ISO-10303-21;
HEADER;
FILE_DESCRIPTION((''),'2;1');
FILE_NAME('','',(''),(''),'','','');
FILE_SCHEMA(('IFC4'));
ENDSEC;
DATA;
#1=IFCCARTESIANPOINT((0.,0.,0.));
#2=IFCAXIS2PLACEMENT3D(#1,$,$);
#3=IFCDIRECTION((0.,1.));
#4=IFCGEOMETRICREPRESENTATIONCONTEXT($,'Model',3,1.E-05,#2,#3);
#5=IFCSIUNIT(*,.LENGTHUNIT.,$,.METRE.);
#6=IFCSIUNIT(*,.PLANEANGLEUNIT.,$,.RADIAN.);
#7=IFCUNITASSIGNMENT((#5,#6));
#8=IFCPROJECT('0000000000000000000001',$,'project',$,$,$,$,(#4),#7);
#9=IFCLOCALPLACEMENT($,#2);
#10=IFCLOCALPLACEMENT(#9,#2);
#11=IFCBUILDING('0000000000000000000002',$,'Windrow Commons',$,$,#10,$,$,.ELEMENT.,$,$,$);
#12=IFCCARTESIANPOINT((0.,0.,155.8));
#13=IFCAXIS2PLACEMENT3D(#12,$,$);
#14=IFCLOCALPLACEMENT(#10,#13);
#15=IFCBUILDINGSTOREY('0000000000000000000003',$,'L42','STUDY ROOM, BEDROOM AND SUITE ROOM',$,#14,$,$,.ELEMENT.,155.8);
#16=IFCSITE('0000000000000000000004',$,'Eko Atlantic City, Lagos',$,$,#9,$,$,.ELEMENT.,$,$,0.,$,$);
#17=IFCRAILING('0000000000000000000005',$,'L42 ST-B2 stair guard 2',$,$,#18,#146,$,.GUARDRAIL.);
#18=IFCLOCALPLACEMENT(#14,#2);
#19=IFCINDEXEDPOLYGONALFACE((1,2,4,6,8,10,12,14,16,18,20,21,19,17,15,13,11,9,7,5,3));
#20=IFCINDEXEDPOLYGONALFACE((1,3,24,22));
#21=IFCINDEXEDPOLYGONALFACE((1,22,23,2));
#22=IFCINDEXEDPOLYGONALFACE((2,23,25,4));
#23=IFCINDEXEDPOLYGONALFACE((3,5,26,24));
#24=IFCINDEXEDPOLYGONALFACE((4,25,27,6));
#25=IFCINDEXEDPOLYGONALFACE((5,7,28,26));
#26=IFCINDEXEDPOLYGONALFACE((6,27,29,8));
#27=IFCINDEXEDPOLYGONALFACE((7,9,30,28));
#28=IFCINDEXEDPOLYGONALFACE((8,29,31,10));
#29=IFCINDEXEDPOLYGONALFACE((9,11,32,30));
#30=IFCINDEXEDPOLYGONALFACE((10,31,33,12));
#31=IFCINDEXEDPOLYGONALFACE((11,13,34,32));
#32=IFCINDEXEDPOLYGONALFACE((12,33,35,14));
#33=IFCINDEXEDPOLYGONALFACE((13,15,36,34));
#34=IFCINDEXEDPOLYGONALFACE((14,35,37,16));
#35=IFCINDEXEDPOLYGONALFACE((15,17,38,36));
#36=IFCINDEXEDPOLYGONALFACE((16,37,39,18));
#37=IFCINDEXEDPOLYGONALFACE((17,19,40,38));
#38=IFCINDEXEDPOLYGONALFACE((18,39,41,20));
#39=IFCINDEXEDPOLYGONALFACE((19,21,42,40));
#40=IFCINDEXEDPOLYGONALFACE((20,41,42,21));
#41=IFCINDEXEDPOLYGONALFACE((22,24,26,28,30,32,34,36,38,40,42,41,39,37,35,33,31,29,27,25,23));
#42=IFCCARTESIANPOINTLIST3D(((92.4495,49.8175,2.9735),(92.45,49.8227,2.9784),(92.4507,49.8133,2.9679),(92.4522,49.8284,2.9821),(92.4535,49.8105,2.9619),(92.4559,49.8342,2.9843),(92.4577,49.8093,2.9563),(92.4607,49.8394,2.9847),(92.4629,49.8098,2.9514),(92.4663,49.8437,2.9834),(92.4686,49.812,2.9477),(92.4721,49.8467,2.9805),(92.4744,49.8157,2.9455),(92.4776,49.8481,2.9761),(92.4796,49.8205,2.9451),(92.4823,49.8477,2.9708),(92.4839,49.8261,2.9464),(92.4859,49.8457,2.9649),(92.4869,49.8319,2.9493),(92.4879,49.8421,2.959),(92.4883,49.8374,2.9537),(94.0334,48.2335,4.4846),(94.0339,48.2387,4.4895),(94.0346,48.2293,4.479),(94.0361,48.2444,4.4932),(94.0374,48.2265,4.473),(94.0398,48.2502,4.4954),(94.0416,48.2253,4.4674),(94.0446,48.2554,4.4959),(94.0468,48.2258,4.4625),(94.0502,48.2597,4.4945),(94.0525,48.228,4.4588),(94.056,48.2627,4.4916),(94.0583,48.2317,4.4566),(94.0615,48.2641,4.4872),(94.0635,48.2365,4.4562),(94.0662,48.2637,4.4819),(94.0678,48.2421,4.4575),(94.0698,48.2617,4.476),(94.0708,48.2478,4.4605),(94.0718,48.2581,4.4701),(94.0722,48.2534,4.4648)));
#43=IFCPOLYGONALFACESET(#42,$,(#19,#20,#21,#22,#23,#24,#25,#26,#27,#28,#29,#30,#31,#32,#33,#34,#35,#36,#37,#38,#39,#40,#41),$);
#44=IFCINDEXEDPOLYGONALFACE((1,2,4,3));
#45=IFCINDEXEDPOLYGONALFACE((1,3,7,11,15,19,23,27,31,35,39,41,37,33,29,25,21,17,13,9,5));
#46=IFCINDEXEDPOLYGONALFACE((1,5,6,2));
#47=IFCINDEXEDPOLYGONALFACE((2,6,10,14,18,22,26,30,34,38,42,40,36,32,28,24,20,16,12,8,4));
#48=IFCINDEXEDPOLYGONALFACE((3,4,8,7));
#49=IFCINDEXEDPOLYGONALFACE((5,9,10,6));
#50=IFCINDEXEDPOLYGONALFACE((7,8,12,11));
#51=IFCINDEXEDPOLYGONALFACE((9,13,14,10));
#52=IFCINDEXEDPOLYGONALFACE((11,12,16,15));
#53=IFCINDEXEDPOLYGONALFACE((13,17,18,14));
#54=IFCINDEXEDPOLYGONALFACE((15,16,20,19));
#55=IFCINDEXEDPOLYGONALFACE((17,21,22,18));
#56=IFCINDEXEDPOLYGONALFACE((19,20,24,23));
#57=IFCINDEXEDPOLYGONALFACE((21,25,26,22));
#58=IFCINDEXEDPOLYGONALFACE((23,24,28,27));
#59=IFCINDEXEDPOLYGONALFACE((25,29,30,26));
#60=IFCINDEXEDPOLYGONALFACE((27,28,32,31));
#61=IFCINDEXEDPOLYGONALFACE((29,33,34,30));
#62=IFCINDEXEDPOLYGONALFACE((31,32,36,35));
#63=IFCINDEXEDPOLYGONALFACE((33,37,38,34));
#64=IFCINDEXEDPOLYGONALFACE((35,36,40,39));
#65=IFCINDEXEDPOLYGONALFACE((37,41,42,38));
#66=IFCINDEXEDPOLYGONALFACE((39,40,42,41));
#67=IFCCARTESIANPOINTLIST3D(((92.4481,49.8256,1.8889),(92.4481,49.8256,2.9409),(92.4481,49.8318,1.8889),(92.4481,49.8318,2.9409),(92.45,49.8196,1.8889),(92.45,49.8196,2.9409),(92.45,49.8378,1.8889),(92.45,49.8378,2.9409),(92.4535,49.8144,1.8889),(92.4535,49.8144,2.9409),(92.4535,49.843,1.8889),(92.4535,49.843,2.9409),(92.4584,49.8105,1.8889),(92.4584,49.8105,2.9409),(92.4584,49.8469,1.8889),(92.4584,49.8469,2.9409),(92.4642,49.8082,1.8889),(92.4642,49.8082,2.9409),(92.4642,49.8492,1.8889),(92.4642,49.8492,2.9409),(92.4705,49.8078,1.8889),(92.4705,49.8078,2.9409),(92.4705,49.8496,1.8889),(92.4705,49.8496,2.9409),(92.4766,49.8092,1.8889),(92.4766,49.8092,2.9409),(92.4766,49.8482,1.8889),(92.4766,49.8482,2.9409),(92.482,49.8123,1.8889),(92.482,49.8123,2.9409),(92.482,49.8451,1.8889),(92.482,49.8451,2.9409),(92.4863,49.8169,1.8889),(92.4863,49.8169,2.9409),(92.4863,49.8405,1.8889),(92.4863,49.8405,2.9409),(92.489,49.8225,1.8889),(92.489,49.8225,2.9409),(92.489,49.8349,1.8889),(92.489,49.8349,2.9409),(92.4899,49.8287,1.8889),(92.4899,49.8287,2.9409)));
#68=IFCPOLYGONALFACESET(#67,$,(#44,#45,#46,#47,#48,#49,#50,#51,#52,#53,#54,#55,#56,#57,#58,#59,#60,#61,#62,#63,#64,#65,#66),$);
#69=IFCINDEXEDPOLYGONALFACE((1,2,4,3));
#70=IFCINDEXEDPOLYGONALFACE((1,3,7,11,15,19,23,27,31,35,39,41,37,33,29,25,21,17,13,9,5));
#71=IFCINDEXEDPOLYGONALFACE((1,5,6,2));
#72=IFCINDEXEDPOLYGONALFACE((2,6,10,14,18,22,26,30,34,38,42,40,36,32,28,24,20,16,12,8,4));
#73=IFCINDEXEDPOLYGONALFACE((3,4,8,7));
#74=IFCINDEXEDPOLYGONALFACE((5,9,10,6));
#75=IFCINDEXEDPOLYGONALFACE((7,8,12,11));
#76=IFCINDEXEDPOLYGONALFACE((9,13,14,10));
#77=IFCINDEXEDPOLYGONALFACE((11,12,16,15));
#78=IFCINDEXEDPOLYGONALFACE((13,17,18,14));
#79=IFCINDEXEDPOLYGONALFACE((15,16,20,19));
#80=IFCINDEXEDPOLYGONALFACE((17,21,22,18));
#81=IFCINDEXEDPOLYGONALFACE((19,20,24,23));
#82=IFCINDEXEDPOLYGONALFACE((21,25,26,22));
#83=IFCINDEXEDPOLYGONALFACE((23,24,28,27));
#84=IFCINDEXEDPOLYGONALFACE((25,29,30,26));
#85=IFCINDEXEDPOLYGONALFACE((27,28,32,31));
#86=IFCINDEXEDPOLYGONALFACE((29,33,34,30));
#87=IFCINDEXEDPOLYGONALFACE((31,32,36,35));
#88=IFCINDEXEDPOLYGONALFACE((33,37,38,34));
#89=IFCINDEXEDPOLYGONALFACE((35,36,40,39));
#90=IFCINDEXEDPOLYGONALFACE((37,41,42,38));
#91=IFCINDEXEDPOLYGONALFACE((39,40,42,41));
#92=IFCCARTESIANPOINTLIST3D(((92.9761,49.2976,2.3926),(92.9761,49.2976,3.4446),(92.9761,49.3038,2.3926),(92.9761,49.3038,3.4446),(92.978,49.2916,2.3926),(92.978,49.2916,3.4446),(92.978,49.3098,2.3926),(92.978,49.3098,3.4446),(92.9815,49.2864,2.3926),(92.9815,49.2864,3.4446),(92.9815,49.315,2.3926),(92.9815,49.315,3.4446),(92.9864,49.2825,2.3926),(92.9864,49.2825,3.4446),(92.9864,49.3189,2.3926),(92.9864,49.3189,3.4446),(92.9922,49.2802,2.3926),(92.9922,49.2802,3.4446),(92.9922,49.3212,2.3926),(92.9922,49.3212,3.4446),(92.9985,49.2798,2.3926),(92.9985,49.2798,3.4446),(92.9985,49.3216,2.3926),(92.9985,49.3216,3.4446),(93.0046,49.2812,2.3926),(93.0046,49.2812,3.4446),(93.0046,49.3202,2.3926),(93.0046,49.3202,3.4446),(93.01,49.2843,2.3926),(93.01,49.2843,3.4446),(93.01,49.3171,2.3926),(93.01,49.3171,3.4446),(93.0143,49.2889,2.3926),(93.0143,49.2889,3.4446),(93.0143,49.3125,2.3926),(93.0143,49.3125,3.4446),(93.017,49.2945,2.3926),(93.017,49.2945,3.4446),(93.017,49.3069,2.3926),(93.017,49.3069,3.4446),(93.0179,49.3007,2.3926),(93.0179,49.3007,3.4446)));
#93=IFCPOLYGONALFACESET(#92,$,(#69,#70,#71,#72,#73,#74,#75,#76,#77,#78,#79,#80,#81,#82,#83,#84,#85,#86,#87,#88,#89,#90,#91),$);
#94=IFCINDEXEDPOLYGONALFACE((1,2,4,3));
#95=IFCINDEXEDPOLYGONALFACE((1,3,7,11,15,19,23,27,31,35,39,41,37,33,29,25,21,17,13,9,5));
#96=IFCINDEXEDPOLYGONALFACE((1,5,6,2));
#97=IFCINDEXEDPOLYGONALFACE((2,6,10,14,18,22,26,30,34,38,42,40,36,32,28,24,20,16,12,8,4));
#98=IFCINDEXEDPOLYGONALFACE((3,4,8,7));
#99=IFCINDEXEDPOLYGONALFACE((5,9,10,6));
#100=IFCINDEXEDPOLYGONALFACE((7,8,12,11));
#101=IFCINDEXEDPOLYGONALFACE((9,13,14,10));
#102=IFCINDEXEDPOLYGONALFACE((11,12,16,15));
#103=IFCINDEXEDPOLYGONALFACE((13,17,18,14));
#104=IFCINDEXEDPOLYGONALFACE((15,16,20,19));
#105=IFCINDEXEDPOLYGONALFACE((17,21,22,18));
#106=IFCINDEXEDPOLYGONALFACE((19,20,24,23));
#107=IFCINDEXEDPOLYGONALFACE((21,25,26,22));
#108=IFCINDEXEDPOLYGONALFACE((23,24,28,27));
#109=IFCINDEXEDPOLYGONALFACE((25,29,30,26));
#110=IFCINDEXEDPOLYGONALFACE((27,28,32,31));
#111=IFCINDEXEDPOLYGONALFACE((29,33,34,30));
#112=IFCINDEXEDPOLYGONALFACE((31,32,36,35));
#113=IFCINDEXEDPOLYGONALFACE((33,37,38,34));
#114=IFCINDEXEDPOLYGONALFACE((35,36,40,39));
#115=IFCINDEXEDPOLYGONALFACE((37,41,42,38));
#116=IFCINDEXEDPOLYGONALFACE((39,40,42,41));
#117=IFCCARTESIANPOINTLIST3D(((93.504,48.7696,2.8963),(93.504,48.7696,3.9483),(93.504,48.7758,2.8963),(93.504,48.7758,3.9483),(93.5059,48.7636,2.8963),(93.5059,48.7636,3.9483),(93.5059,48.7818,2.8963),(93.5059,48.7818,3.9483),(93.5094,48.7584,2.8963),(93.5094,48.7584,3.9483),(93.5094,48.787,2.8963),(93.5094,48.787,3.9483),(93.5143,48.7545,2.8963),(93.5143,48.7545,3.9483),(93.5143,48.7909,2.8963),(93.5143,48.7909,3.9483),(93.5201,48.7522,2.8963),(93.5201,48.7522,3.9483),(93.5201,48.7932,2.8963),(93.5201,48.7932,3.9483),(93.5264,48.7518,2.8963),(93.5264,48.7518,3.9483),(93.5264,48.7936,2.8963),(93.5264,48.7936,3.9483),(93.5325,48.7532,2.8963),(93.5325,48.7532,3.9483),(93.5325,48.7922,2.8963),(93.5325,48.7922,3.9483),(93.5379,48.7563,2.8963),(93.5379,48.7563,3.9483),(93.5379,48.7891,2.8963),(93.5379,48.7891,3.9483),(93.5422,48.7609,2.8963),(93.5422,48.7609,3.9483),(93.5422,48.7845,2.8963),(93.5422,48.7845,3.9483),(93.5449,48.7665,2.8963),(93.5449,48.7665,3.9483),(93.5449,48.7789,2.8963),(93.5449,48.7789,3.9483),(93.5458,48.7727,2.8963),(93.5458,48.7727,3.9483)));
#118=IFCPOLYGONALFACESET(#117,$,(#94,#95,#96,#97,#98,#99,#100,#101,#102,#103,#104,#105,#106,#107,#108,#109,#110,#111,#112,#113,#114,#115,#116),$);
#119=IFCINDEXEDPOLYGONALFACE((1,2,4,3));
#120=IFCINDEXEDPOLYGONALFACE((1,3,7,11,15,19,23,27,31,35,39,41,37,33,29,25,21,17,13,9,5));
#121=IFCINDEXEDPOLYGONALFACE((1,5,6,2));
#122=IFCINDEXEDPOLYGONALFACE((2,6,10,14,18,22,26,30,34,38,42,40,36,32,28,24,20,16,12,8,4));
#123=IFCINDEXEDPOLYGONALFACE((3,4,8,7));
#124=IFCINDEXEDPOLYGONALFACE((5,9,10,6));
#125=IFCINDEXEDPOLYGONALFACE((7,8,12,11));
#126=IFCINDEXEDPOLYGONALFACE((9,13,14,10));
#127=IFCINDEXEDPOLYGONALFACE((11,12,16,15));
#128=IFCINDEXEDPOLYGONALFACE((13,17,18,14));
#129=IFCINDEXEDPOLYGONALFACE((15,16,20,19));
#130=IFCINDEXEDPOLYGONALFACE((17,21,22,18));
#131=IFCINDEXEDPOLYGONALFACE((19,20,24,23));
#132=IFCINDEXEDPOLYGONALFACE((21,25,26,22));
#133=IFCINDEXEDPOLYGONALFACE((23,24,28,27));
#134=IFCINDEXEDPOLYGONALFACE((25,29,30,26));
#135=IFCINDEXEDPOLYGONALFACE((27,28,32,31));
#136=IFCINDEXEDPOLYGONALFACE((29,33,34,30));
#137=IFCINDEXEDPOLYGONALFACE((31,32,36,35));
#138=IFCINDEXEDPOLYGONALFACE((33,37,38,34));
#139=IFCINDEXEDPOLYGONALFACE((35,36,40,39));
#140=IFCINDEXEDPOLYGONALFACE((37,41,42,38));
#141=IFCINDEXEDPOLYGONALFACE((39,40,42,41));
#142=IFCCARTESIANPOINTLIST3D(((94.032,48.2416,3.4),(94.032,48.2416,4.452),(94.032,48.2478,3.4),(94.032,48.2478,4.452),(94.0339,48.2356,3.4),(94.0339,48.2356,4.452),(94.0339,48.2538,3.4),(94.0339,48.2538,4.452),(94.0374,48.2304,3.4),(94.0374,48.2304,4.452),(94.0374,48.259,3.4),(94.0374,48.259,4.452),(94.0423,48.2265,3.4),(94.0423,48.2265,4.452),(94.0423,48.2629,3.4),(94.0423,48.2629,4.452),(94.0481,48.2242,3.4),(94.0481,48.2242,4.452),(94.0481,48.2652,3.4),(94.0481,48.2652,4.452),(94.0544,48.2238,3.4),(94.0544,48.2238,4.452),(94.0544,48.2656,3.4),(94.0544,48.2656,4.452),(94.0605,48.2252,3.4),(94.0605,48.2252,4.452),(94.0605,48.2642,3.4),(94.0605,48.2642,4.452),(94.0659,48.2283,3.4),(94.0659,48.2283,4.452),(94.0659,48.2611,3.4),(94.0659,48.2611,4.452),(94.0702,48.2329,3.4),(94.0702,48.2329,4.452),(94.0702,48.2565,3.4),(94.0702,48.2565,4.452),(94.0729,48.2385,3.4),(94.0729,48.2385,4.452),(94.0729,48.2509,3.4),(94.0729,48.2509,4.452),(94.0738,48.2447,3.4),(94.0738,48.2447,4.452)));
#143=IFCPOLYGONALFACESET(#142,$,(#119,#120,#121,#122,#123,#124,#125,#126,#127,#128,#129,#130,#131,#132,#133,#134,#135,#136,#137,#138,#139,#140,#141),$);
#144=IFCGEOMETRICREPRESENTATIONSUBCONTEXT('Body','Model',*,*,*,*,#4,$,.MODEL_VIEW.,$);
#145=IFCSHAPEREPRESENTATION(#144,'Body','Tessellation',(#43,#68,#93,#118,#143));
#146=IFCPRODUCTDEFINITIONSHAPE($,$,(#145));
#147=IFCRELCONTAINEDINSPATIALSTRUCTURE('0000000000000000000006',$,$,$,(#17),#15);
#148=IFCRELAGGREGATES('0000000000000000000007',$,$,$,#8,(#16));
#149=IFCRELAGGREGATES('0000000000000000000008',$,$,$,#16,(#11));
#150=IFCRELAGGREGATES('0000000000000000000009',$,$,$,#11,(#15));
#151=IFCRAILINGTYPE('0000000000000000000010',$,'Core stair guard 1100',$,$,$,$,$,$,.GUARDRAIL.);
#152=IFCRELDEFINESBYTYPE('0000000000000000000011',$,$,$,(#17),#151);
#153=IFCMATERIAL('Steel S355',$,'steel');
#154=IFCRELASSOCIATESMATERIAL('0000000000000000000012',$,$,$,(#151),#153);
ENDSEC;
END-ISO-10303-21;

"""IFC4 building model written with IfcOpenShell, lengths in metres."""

from ifc_helpers import new_model, si_unit, direction, frame, origin, origin_2d, place, context, subcontext, project, spatial, circle, extrude, material, type_object, element, save


model = new_model("IFC4")

# Units and contexts
model_context = context("Model", 3, precision=1e-05, world=origin(), true_north=direction((0.0, 1.0)))
body_context = subcontext(model_context, "Body", "Model", "MODEL_VIEW")
ifc_project = project(units=[si_unit("LENGTHUNIT", "METRE"), si_unit("PLANEANGLEUNIT", "RADIAN")], contexts=[model_context])

# Site, building, storey
site_placement = place(None, origin())
site = spatial("IfcSite", under=ifc_project, at=site_placement, Name="Eko Atlantic City, Lagos", CompositionType="ELEMENT", RefElevation=0.0)
building_placement = place(site_placement, origin())
building = spatial("IfcBuilding", under=site, at=building_placement, Name="Windrow Commons", CompositionType="ELEMENT")
storey_placement = place(building_placement, frame((0.0, 0.0, 155.8)))
storey = spatial("IfcBuildingStorey", under=building, at=storey_placement, Name="L42", Description="STUDY ROOM, BEDROOM AND SUITE ROOM", CompositionType="ELEMENT", Elevation=155.8)

# Railing
ifc_material_1 = material(Name="Steel S355", Category="steel")
railing_type_1 = type_object("IfcRailingType", Name="Core stair guard 1100", PredefinedType="GUARDRAIL", material=ifc_material_1)
railing_1_placement = place(storey_placement, frame((92.4689, 49.8287, 1.8889)))
element("IfcRailing", 1, at=railing_1_placement, inside=storey, type_object=railing_type_1, Name="L42 ST-B2 stair guard 2", PredefinedType="GUARDRAIL", context=body_context, shape_type="SweptSolid", body=[
    extrude(circle(Radius=0.024, at=origin_2d()), frame((0.0, 0.0, 1.076), z_axis=(0.586179, -0.586216, 0.559237), x_axis=(0.707129, 0.707084, 0.0)), (0.0, 0.0, 1.0), 2.7021),
    extrude(circle(Radius=0.021, at=origin_2d()), origin(), (0.0, 0.0, 1.0), 1.052),
    extrude(circle(Radius=0.021, at=origin_2d()), frame((0.528, -0.528, 0.5037)), (0.0, 0.0, 1.0), 1.052),
    extrude(circle(Radius=0.021, at=origin_2d()), frame((1.0559, -1.056, 1.0074)), (0.0, 0.0, 1.0), 1.052),
    extrude(circle(Radius=0.021, at=origin_2d()), frame((1.5839, -1.584, 1.5111)), (0.0, 0.0, 1.0), 1.052),
])

save(model, "model.ifc")
